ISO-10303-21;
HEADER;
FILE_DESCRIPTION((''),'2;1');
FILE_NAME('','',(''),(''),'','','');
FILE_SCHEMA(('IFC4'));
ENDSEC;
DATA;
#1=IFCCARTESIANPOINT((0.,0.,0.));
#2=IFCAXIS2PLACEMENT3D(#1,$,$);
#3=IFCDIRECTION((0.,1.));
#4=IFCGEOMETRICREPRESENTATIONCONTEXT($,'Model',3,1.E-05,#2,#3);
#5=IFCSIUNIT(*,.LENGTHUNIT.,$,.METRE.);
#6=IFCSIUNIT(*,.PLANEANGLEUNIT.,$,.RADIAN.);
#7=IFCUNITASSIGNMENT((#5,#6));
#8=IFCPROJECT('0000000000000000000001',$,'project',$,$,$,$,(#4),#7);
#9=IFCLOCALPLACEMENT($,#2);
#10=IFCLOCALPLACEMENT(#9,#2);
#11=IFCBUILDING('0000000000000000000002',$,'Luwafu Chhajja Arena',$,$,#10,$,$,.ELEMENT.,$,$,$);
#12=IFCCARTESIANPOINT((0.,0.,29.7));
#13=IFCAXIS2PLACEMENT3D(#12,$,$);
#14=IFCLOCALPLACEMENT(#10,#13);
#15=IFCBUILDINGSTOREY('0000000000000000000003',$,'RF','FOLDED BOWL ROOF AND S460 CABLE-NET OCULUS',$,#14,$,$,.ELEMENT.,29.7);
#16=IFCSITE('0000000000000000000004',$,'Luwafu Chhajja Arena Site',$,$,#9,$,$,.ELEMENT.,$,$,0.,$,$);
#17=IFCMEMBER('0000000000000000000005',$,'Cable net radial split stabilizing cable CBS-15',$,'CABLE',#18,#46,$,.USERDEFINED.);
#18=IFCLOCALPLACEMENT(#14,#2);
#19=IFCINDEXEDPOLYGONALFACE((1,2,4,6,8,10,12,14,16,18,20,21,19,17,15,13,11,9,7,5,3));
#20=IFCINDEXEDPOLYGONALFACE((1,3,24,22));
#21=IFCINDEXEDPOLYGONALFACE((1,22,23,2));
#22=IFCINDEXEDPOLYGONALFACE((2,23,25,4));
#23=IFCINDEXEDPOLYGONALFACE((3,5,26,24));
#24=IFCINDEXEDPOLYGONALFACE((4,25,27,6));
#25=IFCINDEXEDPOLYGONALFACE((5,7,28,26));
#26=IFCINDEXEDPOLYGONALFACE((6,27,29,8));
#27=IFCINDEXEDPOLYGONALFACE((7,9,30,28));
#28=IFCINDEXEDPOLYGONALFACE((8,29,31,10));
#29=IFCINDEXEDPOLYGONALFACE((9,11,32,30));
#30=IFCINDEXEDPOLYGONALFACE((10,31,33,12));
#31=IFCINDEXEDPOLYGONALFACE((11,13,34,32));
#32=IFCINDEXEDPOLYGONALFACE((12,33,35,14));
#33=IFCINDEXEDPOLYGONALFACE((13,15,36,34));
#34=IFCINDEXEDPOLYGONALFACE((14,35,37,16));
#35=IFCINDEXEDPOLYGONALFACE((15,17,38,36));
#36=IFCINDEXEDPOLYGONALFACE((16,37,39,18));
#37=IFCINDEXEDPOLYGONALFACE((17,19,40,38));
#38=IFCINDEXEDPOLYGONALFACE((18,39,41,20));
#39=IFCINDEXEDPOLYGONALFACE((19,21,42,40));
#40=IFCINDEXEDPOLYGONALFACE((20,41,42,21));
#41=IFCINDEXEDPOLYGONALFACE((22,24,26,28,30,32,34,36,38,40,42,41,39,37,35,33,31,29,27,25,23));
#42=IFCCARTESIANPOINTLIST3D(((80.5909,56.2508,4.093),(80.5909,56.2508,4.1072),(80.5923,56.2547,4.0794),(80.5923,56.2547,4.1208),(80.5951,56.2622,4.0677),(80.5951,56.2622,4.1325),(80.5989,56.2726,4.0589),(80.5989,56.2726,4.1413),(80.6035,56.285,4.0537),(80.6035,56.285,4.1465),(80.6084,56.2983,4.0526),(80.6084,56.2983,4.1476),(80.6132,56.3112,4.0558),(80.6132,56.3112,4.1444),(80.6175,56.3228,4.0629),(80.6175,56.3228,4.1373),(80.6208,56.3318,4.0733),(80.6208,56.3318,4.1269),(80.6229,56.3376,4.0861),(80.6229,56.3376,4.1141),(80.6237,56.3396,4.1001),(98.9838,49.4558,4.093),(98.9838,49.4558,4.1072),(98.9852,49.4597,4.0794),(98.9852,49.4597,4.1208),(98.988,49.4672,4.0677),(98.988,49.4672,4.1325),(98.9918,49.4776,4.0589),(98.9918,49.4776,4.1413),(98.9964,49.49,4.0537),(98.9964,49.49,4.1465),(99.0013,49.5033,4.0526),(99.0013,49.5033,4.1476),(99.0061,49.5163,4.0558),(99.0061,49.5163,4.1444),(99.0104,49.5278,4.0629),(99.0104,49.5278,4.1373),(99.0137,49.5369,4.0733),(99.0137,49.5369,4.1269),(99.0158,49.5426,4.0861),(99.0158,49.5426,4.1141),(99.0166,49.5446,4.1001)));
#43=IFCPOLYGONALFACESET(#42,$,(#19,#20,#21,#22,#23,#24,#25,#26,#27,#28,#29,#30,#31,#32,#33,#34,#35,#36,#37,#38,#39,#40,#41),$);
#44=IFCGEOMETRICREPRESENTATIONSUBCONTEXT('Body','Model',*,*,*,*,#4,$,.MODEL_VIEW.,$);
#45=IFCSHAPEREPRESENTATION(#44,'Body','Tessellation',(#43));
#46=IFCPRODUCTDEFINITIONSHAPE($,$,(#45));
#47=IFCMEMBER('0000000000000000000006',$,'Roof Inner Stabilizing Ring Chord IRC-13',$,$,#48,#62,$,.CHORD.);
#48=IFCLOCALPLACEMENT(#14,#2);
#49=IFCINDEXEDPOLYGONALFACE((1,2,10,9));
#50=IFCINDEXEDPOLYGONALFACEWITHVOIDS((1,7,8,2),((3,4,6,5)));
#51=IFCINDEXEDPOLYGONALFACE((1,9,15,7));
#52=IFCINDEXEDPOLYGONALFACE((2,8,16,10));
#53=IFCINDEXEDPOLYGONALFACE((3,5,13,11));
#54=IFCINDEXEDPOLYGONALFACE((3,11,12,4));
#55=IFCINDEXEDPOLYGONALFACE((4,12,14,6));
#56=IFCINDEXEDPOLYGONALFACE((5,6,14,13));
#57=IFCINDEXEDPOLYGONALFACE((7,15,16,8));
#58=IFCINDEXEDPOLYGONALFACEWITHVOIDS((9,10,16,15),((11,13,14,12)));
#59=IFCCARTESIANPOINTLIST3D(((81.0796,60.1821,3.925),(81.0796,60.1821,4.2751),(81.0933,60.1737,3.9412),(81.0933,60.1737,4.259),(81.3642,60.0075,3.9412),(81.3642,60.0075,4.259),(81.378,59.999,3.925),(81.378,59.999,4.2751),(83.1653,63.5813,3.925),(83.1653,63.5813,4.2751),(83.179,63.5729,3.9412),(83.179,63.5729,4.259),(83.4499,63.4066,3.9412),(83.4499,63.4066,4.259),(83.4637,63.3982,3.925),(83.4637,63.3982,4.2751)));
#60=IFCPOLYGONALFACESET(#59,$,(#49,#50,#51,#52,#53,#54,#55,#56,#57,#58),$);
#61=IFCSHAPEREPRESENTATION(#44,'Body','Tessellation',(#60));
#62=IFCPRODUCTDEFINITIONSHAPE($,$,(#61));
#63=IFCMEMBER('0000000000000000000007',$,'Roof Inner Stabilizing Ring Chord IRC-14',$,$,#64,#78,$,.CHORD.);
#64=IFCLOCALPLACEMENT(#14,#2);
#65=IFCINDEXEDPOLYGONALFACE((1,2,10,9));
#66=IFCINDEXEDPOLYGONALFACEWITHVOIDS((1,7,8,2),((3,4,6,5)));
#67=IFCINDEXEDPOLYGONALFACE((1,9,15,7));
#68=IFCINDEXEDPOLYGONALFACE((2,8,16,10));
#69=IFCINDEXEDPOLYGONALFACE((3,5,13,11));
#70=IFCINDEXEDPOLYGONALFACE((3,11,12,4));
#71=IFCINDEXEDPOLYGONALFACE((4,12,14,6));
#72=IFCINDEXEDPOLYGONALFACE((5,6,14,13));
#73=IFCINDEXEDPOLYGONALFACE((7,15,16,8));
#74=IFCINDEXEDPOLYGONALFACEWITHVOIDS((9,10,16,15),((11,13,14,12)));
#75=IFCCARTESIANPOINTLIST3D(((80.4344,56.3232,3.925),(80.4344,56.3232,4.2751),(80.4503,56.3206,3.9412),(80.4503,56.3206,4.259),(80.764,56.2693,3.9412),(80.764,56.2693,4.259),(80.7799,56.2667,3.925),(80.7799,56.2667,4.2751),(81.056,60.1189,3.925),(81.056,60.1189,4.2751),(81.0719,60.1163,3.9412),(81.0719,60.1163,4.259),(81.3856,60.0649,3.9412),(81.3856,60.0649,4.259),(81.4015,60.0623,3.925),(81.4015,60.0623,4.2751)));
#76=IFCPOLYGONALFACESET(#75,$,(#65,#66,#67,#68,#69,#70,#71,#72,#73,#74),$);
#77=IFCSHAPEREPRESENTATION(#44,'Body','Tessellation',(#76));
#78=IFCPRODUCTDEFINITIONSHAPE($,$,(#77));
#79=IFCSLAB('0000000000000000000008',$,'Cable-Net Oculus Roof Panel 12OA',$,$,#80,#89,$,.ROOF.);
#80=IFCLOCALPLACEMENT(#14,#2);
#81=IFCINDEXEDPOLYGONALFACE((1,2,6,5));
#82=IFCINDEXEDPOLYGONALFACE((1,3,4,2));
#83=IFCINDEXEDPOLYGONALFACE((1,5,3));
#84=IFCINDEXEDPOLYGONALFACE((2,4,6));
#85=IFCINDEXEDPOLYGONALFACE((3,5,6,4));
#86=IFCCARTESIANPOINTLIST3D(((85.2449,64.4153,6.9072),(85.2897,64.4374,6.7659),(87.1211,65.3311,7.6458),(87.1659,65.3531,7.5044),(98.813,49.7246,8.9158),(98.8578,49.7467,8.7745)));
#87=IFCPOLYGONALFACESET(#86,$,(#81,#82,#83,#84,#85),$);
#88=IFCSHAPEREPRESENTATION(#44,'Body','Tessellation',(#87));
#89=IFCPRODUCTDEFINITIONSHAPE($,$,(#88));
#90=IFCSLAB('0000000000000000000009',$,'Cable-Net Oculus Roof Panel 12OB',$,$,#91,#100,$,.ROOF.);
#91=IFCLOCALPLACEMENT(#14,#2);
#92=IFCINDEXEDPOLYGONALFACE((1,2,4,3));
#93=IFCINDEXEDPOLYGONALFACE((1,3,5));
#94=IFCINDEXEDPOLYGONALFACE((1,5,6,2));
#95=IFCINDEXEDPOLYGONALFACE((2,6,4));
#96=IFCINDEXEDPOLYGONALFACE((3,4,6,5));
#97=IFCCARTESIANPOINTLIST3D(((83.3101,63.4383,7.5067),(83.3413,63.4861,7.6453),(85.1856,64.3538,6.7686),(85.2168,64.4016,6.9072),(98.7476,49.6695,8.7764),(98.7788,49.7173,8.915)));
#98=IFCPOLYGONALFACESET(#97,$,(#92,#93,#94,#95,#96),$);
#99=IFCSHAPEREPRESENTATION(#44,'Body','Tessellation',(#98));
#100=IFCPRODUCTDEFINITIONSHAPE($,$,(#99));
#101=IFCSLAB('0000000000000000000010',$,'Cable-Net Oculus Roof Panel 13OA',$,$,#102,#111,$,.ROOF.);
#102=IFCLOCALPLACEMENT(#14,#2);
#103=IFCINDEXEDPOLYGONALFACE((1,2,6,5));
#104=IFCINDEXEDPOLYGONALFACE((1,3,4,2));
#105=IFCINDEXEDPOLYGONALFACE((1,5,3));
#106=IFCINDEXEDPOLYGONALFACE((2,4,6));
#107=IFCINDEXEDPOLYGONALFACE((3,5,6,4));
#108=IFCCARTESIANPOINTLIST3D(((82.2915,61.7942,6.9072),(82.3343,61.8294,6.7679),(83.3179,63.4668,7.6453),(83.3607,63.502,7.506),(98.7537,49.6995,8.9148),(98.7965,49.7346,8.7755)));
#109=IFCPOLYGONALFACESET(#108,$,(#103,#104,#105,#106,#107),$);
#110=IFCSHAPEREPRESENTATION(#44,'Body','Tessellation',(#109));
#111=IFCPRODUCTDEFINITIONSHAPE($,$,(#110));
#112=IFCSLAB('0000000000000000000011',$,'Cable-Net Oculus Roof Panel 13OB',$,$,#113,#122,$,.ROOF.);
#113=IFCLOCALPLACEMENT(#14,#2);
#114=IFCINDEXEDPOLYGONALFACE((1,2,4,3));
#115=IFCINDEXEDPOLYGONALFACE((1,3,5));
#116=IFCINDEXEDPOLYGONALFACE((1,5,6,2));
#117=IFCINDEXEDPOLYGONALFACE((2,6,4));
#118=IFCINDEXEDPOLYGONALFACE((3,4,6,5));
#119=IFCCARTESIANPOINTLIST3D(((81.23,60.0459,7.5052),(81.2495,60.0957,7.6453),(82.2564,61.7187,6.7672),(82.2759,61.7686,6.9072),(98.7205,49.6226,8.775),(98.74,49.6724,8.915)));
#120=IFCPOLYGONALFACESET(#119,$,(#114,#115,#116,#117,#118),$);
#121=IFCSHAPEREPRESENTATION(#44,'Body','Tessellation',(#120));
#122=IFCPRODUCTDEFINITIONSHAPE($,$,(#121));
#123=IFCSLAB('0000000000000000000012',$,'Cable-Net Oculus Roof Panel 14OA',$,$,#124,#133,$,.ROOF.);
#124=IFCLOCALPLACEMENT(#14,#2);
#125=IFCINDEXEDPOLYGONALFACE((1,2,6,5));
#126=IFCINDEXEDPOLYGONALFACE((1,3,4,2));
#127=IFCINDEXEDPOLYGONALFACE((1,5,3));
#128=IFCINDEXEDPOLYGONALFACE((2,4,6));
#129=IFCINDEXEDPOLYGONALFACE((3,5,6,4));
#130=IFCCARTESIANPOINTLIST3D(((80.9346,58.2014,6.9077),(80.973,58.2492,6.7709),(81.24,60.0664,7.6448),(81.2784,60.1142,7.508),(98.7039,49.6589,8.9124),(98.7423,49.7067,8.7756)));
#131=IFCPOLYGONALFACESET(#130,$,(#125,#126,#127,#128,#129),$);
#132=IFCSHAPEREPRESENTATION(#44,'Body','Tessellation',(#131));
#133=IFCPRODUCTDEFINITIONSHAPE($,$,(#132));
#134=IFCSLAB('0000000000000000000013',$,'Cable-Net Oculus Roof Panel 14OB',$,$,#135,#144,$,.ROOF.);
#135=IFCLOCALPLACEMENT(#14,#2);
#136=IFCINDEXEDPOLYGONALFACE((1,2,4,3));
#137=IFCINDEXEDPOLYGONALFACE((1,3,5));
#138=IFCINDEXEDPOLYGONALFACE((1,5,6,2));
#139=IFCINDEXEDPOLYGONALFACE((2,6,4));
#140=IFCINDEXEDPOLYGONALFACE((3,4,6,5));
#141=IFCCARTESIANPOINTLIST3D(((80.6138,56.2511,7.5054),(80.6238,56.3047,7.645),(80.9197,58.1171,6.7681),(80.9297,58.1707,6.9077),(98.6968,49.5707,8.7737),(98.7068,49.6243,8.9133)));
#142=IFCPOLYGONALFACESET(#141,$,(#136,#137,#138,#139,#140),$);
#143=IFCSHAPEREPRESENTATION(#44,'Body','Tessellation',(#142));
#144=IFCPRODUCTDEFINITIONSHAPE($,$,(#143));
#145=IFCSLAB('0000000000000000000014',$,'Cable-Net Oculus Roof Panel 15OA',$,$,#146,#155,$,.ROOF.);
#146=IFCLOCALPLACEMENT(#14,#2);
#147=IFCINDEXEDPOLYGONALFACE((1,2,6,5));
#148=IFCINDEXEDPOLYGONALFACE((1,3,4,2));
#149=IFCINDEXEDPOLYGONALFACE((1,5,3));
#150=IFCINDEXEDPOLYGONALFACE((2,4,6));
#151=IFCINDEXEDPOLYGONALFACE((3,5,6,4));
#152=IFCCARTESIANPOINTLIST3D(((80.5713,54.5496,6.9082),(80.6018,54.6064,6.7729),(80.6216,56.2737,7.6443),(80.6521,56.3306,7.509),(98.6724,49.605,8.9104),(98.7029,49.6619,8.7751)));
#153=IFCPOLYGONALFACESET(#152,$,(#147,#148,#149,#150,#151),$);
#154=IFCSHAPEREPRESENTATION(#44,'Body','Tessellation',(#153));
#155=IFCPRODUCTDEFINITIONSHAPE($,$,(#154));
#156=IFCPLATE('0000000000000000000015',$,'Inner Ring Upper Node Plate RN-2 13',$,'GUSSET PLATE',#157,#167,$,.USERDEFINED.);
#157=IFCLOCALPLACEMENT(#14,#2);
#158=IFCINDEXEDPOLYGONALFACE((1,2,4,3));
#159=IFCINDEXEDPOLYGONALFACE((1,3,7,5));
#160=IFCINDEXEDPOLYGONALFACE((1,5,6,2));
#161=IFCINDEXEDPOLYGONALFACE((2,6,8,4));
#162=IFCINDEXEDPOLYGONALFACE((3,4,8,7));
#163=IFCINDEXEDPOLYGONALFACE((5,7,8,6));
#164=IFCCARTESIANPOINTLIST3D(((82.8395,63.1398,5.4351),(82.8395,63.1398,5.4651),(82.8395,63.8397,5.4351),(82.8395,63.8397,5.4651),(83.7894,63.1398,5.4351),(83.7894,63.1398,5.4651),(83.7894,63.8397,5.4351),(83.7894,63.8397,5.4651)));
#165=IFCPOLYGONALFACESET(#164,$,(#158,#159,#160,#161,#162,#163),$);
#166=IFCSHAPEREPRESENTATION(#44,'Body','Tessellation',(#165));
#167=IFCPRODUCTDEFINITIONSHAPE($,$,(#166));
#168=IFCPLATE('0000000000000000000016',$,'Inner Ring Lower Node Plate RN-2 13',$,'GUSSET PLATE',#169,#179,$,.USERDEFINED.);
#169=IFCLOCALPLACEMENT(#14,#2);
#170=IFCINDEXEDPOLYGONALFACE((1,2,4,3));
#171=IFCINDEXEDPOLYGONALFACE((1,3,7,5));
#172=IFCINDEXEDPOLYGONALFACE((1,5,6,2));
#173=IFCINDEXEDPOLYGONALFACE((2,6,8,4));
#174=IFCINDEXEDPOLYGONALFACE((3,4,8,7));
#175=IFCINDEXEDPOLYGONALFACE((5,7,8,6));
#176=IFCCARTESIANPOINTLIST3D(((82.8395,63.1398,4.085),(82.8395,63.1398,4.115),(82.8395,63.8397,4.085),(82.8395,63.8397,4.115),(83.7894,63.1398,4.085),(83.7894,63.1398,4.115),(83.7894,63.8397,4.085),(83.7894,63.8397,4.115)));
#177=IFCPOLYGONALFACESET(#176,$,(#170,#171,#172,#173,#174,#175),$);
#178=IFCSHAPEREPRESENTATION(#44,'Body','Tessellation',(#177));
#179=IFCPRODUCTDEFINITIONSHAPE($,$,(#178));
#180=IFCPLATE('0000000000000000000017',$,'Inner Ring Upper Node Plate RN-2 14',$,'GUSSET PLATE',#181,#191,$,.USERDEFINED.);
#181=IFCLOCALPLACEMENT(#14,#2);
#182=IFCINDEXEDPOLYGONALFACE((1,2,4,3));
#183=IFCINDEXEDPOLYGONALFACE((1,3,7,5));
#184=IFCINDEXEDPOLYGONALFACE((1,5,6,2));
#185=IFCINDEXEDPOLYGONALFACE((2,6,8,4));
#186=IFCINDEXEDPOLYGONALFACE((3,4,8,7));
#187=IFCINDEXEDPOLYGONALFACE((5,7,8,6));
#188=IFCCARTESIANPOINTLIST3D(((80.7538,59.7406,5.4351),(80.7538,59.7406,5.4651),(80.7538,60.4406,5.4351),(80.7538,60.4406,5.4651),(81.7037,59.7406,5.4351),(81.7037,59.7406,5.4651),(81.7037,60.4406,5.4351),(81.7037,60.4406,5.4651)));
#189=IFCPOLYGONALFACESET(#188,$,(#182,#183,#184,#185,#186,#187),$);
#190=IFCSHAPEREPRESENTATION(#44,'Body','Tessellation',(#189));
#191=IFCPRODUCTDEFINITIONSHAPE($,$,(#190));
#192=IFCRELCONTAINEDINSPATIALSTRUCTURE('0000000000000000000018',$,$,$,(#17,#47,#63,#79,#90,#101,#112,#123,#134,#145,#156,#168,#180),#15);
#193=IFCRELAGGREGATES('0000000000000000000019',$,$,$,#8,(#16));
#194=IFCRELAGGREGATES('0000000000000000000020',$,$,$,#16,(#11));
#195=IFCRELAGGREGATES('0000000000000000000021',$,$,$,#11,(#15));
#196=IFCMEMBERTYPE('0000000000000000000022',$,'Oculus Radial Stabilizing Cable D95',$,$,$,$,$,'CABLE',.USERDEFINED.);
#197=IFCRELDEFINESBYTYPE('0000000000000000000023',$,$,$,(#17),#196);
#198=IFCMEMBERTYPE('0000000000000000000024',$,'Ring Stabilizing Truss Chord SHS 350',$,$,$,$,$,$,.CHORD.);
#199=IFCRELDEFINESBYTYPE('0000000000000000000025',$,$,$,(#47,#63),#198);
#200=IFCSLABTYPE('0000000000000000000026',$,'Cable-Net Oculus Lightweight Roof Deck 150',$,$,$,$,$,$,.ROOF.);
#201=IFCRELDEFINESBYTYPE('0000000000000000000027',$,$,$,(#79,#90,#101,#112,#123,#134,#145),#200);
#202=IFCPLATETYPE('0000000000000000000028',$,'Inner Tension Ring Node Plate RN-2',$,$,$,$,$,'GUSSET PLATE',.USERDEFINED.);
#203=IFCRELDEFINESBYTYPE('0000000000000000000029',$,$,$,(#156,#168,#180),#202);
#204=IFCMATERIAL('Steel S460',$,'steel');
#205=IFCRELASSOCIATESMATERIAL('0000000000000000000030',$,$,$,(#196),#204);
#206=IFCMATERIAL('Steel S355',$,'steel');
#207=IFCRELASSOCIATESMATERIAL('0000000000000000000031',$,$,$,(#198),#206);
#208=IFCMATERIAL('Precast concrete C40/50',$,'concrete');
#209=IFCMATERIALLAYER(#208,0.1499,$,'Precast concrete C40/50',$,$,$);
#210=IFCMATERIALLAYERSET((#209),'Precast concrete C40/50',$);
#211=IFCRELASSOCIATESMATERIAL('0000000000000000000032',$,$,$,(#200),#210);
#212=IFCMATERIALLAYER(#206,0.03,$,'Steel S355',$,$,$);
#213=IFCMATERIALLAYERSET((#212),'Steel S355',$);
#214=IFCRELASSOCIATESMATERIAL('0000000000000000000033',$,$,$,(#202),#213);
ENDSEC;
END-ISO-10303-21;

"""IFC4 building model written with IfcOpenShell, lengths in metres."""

from ifc_helpers import new_model, si_unit, direction, frame, origin, origin_2d, place, context, subcontext, project, spatial, polyline, rectangle, hollow_rectangle, circle, outline, extrude, material, layer, layer_set, material_profile, profile_set, type_object, element, save


model = new_model("IFC4")

# Units and contexts
model_context = context("Model", 3, precision=1e-05, world=origin(), true_north=direction((0.0, 1.0)))
body_context = subcontext(model_context, "Body", "Model", "MODEL_VIEW")
ifc_project = project(units=[si_unit("LENGTHUNIT", "METRE"), si_unit("PLANEANGLEUNIT", "RADIAN")], contexts=[model_context])

# Site, building, storey
site_placement = place(None, origin())
site = spatial("IfcSite", under=ifc_project, at=site_placement, Name="Luwafu Chhajja Arena Site", CompositionType="ELEMENT", RefElevation=0.0)
building_placement = place(site_placement, origin())
building = spatial("IfcBuilding", under=site, at=building_placement, Name="Luwafu Chhajja Arena", CompositionType="ELEMENT")
storey_placement = place(building_placement, frame((0.0, 0.0, 29.7)))
storey = spatial("IfcBuildingStorey", under=building, at=storey_placement, Name="RF", Description="FOLDED BOWL ROOF AND S460 CABLE-NET OCULUS", CompositionType="ELEMENT", Elevation=29.7)

# Shared definitions
ifc_material_1 = material(Name="Steel S355", Category="steel")

# Members
ifc_material_2 = material(Name="Steel S460", Category="steel")
ifc_material_profile_1 = material_profile(ifc_material_2, circle(Radius=0.0476, at=origin_2d()), Name="CABLE D95")
ifc_profile_set_1 = profile_set([ifc_material_profile_1], Name="Steel S460")
member_type_1 = type_object("IfcMemberType", Name="Oculus Radial Stabilizing Cable D95", ElementType="CABLE", PredefinedType="USERDEFINED", material=ifc_profile_set_1)
member_1_placement = place(storey_placement, frame((80.6072, 56.2949, 4.1001), z_axis=(0.938035, -0.346541, 0.0), x_axis=(0.346541, 0.938035, 0.0)))
element("IfcMember", 1, at=member_1_placement, inside=storey, type_object=member_type_1, Name="Cable net radial split stabilizing cable CBS-15", ObjectType="CABLE", PredefinedType="USERDEFINED", context=body_context, shape_type="SweptSolid", body=[
    extrude(circle(Radius=0.0476, at=origin_2d()), origin(), (0.0, 0.0, 1.0), 19.6079),
])
ifc_material_profile_2 = material_profile(ifc_material_1, hollow_rectangle(XDim=0.3501, YDim=0.3501, WallThickness=0.0161, at=origin_2d()), Name="SHS 350x350x16")
ifc_profile_set_2 = profile_set([ifc_material_profile_2], Name="Steel S355")
member_type_2 = type_object("IfcMemberType", Name="Ring Stabilizing Truss Chord SHS 350", PredefinedType="CHORD", material=ifc_profile_set_2)
member_2_placement = place(storey_placement, frame((83.3145, 63.4897, 4.1001), z_axis=(-0.522987, -0.852341, 0.0), x_axis=(0.852341, -0.522987, 0.0)))
element("IfcMember", 2, at=member_2_placement, inside=storey, type_object=member_type_2, Name="Roof Inner Stabilizing Ring Chord IRC-13", PredefinedType="CHORD", context=body_context, shape_type="SweptSolid", body=[
    extrude(hollow_rectangle(XDim=0.3501, YDim=0.3501, WallThickness=0.0161, at=origin_2d()), origin(), (0.0, 0.0, 1.0), 3.988),
])
member_3_placement = place(storey_placement, frame((81.2288, 60.0906, 4.1001), z_axis=(-0.161609, -0.986855, 0.0), x_axis=(0.986855, -0.161609, 0.0)))
element("IfcMember", 3, at=member_3_placement, inside=storey, type_object=member_type_2, Name="Roof Inner Stabilizing Ring Chord IRC-14", PredefinedType="CHORD", context=body_context, shape_type="SweptSolid", body=[
    extrude(hollow_rectangle(XDim=0.3501, YDim=0.3501, WallThickness=0.0161, at=origin_2d()), origin(), (0.0, 0.0, 1.0), 3.8462),
])

# Slabs
ifc_material_3 = material(Name="Precast concrete C40/50", Category="concrete")
ifc_layer_1 = layer(ifc_material_3, 0.1499, Name="Precast concrete C40/50")
ifc_layer_set_1 = layer_set([ifc_layer_1], Name="Precast concrete C40/50")
slab_type = type_object("IfcSlabType", Name="Cable-Net Oculus Lightweight Roof Deck 150", PredefinedType="ROOF", material=ifc_layer_set_1)
slab_1_placement = place(storey_placement, frame((87.1211, 65.3311, 7.6458), z_axis=(-0.299148, -0.147394, 0.942754), x_axis=(0.598308, -0.798626, 0.064991)))
element("IfcSlab", 4, at=slab_1_placement, inside=storey, type_object=slab_type, Name="Cable-Net Oculus Roof Panel 12OA", PredefinedType="ROOF", context=body_context, shape_type="SweptSolid", body=[
    extrude(outline(polyline([(0.0, 0.0), (19.5416, 0.0), (-0.4392, -2.1706), (0.0, 0.0)])), origin(), (0.0, 0.0, -1.0), 0.1499),
])
slab_2_placement = place(storey_placement, frame((85.2168, 64.4016, 6.9072), z_axis=(0.208261, 0.318775, 0.924667), x_axis=(0.675079, -0.730945, 0.099943)))
element("IfcSlab", 5, at=slab_2_placement, inside=storey, type_object=slab_type, Name="Cable-Net Oculus Roof Panel 12OB", PredefinedType="ROOF", context=body_context, shape_type="SweptSolid", body=[
    extrude(outline(polyline([(0.0, 0.0), (20.0895, 0.0), (-0.5231, -2.151), (0.0, 0.0)])), origin(), (0.0, 0.0, -1.0), 0.1499),
])
slab_3_placement = place(storey_placement, frame((83.3179, 63.4668, 7.6453), z_axis=(-0.285713, -0.23466, 0.929141), x_axis=(0.744887, -0.664372, 0.061264)))
element("IfcSlab", 6, at=slab_3_placement, inside=storey, type_object=slab_type, Name="Cable-Net Oculus Roof Panel 13OA", PredefinedType="ROOF", context=body_context, shape_type="SweptSolid", body=[
    extrude(outline(polyline([(0.0, 0.0), (20.7223, 0.0), (0.3015, -2.0748), (0.0, 0.0)])), origin(), (0.0, 0.0, -1.0), 0.1499),
])
slab_4_placement = place(storey_placement, frame((82.2759, 61.7686, 6.9072), z_axis=(0.13019, 0.33226, 0.934159), x_axis=(0.802015, -0.589241, 0.097806)))
element("IfcSlab", 7, at=slab_4_placement, inside=storey, type_object=slab_type, Name="Cable-Net Oculus Roof Panel 13OB", PredefinedType="ROOF", context=body_context, shape_type="SweptSolid", body=[
    extrude(outline(polyline([(0.0, 0.0), (20.5284, 0.0), (0.2347, -2.0836), (0.0, 0.0)])), origin(), (0.0, 0.0, -1.0), 0.1499),
])
slab_5_placement = place(storey_placement, frame((81.24, 60.0664, 7.6448), z_axis=(-0.25617, -0.318708, 0.91258), x_axis=(0.857362, -0.510939, 0.06223)))
element("IfcSlab", 8, at=slab_5_placement, inside=storey, type_object=slab_type, Name="Cable-Net Oculus Roof Panel 14OA", PredefinedType="ROOF", context=body_context, shape_type="SweptSolid", body=[
    extrude(outline(polyline([(0.0, 0.0), (20.3693, 0.0), (0.6452, -1.9231), (0.0, 0.0)])), origin(), (0.0, 0.0, -1.0), 0.1499),
])
slab_6_placement = place(storey_placement, frame((80.9297, 58.1707, 6.9077), z_axis=(0.066618, 0.357203, 0.931648), x_axis=(0.896635, -0.43106, 0.101159)))
element("IfcSlab", 9, at=slab_6_placement, inside=storey, type_object=slab_type, Name="Cable-Net Oculus Roof Panel 14OB", PredefinedType="ROOF", context=body_context, shape_type="SweptSolid", body=[
    extrude(outline(polyline([(0.0, 0.0), (19.8265, 0.0), (0.6046, -1.9374), (0.0, 0.0)])), origin(), (0.0, 0.0, -1.0), 0.1499),
])
slab_7_placement = place(storey_placement, frame((80.6216, 56.2737, 7.6443), z_axis=(-0.203476, -0.379405, 0.902579), x_axis=(0.936009, -0.3458, 0.065653)))
element("IfcSlab", 10, at=slab_7_placement, inside=storey, type_object=slab_type, Name="Cable-Net Oculus Roof Panel 15OA", PredefinedType="ROOF", context=body_context, shape_type="SweptSolid", body=[
    extrude(outline(polyline([(0.0, 0.0), (19.2848, 0.0), (0.5008, -1.8072), (0.0, 0.0)])), origin(), (0.0, 0.0, -1.0), 0.1499),
])

# Plates
ifc_layer_2 = layer(ifc_material_1, 0.03, Name="Steel S355")
ifc_layer_set_2 = layer_set([ifc_layer_2], Name="Steel S355")
plate_type = type_object("IfcPlateType", Name="Inner Tension Ring Node Plate RN-2", ElementType="GUSSET PLATE", PredefinedType="USERDEFINED", material=ifc_layer_set_2)
for number, where, z_axis, x_axis, name in (
    (11, (83.3145, 63.4897, 5.4351), (0.0, 0.0, 1.0), (1.0, 0.0, 0.0), "Inner Ring Upper Node Plate RN-2 13"),
    (12, (83.3145, 63.4897, 4.085), (0.0, 0.0, 1.0), (1.0, 0.0, 0.0), "Inner Ring Lower Node Plate RN-2 13"),
    (13, (81.2288, 60.0906, 5.4351), (0.0, 0.0, 1.0), (1.0, 0.0, 0.0), "Inner Ring Upper Node Plate RN-2 14"),
):
    element("IfcPlate", number, at=place(storey_placement, frame(where, z_axis=z_axis, x_axis=x_axis)), inside=storey, type_object=plate_type, Name=name, ObjectType="GUSSET PLATE", PredefinedType="USERDEFINED", context=body_context, shape_type="SweptSolid", body=[
        extrude(rectangle(XDim=0.95, YDim=0.7, at=origin_2d()), origin(), (0.0, 0.0, 1.0), 0.03),
    ])

save(model, "model.ifc")
